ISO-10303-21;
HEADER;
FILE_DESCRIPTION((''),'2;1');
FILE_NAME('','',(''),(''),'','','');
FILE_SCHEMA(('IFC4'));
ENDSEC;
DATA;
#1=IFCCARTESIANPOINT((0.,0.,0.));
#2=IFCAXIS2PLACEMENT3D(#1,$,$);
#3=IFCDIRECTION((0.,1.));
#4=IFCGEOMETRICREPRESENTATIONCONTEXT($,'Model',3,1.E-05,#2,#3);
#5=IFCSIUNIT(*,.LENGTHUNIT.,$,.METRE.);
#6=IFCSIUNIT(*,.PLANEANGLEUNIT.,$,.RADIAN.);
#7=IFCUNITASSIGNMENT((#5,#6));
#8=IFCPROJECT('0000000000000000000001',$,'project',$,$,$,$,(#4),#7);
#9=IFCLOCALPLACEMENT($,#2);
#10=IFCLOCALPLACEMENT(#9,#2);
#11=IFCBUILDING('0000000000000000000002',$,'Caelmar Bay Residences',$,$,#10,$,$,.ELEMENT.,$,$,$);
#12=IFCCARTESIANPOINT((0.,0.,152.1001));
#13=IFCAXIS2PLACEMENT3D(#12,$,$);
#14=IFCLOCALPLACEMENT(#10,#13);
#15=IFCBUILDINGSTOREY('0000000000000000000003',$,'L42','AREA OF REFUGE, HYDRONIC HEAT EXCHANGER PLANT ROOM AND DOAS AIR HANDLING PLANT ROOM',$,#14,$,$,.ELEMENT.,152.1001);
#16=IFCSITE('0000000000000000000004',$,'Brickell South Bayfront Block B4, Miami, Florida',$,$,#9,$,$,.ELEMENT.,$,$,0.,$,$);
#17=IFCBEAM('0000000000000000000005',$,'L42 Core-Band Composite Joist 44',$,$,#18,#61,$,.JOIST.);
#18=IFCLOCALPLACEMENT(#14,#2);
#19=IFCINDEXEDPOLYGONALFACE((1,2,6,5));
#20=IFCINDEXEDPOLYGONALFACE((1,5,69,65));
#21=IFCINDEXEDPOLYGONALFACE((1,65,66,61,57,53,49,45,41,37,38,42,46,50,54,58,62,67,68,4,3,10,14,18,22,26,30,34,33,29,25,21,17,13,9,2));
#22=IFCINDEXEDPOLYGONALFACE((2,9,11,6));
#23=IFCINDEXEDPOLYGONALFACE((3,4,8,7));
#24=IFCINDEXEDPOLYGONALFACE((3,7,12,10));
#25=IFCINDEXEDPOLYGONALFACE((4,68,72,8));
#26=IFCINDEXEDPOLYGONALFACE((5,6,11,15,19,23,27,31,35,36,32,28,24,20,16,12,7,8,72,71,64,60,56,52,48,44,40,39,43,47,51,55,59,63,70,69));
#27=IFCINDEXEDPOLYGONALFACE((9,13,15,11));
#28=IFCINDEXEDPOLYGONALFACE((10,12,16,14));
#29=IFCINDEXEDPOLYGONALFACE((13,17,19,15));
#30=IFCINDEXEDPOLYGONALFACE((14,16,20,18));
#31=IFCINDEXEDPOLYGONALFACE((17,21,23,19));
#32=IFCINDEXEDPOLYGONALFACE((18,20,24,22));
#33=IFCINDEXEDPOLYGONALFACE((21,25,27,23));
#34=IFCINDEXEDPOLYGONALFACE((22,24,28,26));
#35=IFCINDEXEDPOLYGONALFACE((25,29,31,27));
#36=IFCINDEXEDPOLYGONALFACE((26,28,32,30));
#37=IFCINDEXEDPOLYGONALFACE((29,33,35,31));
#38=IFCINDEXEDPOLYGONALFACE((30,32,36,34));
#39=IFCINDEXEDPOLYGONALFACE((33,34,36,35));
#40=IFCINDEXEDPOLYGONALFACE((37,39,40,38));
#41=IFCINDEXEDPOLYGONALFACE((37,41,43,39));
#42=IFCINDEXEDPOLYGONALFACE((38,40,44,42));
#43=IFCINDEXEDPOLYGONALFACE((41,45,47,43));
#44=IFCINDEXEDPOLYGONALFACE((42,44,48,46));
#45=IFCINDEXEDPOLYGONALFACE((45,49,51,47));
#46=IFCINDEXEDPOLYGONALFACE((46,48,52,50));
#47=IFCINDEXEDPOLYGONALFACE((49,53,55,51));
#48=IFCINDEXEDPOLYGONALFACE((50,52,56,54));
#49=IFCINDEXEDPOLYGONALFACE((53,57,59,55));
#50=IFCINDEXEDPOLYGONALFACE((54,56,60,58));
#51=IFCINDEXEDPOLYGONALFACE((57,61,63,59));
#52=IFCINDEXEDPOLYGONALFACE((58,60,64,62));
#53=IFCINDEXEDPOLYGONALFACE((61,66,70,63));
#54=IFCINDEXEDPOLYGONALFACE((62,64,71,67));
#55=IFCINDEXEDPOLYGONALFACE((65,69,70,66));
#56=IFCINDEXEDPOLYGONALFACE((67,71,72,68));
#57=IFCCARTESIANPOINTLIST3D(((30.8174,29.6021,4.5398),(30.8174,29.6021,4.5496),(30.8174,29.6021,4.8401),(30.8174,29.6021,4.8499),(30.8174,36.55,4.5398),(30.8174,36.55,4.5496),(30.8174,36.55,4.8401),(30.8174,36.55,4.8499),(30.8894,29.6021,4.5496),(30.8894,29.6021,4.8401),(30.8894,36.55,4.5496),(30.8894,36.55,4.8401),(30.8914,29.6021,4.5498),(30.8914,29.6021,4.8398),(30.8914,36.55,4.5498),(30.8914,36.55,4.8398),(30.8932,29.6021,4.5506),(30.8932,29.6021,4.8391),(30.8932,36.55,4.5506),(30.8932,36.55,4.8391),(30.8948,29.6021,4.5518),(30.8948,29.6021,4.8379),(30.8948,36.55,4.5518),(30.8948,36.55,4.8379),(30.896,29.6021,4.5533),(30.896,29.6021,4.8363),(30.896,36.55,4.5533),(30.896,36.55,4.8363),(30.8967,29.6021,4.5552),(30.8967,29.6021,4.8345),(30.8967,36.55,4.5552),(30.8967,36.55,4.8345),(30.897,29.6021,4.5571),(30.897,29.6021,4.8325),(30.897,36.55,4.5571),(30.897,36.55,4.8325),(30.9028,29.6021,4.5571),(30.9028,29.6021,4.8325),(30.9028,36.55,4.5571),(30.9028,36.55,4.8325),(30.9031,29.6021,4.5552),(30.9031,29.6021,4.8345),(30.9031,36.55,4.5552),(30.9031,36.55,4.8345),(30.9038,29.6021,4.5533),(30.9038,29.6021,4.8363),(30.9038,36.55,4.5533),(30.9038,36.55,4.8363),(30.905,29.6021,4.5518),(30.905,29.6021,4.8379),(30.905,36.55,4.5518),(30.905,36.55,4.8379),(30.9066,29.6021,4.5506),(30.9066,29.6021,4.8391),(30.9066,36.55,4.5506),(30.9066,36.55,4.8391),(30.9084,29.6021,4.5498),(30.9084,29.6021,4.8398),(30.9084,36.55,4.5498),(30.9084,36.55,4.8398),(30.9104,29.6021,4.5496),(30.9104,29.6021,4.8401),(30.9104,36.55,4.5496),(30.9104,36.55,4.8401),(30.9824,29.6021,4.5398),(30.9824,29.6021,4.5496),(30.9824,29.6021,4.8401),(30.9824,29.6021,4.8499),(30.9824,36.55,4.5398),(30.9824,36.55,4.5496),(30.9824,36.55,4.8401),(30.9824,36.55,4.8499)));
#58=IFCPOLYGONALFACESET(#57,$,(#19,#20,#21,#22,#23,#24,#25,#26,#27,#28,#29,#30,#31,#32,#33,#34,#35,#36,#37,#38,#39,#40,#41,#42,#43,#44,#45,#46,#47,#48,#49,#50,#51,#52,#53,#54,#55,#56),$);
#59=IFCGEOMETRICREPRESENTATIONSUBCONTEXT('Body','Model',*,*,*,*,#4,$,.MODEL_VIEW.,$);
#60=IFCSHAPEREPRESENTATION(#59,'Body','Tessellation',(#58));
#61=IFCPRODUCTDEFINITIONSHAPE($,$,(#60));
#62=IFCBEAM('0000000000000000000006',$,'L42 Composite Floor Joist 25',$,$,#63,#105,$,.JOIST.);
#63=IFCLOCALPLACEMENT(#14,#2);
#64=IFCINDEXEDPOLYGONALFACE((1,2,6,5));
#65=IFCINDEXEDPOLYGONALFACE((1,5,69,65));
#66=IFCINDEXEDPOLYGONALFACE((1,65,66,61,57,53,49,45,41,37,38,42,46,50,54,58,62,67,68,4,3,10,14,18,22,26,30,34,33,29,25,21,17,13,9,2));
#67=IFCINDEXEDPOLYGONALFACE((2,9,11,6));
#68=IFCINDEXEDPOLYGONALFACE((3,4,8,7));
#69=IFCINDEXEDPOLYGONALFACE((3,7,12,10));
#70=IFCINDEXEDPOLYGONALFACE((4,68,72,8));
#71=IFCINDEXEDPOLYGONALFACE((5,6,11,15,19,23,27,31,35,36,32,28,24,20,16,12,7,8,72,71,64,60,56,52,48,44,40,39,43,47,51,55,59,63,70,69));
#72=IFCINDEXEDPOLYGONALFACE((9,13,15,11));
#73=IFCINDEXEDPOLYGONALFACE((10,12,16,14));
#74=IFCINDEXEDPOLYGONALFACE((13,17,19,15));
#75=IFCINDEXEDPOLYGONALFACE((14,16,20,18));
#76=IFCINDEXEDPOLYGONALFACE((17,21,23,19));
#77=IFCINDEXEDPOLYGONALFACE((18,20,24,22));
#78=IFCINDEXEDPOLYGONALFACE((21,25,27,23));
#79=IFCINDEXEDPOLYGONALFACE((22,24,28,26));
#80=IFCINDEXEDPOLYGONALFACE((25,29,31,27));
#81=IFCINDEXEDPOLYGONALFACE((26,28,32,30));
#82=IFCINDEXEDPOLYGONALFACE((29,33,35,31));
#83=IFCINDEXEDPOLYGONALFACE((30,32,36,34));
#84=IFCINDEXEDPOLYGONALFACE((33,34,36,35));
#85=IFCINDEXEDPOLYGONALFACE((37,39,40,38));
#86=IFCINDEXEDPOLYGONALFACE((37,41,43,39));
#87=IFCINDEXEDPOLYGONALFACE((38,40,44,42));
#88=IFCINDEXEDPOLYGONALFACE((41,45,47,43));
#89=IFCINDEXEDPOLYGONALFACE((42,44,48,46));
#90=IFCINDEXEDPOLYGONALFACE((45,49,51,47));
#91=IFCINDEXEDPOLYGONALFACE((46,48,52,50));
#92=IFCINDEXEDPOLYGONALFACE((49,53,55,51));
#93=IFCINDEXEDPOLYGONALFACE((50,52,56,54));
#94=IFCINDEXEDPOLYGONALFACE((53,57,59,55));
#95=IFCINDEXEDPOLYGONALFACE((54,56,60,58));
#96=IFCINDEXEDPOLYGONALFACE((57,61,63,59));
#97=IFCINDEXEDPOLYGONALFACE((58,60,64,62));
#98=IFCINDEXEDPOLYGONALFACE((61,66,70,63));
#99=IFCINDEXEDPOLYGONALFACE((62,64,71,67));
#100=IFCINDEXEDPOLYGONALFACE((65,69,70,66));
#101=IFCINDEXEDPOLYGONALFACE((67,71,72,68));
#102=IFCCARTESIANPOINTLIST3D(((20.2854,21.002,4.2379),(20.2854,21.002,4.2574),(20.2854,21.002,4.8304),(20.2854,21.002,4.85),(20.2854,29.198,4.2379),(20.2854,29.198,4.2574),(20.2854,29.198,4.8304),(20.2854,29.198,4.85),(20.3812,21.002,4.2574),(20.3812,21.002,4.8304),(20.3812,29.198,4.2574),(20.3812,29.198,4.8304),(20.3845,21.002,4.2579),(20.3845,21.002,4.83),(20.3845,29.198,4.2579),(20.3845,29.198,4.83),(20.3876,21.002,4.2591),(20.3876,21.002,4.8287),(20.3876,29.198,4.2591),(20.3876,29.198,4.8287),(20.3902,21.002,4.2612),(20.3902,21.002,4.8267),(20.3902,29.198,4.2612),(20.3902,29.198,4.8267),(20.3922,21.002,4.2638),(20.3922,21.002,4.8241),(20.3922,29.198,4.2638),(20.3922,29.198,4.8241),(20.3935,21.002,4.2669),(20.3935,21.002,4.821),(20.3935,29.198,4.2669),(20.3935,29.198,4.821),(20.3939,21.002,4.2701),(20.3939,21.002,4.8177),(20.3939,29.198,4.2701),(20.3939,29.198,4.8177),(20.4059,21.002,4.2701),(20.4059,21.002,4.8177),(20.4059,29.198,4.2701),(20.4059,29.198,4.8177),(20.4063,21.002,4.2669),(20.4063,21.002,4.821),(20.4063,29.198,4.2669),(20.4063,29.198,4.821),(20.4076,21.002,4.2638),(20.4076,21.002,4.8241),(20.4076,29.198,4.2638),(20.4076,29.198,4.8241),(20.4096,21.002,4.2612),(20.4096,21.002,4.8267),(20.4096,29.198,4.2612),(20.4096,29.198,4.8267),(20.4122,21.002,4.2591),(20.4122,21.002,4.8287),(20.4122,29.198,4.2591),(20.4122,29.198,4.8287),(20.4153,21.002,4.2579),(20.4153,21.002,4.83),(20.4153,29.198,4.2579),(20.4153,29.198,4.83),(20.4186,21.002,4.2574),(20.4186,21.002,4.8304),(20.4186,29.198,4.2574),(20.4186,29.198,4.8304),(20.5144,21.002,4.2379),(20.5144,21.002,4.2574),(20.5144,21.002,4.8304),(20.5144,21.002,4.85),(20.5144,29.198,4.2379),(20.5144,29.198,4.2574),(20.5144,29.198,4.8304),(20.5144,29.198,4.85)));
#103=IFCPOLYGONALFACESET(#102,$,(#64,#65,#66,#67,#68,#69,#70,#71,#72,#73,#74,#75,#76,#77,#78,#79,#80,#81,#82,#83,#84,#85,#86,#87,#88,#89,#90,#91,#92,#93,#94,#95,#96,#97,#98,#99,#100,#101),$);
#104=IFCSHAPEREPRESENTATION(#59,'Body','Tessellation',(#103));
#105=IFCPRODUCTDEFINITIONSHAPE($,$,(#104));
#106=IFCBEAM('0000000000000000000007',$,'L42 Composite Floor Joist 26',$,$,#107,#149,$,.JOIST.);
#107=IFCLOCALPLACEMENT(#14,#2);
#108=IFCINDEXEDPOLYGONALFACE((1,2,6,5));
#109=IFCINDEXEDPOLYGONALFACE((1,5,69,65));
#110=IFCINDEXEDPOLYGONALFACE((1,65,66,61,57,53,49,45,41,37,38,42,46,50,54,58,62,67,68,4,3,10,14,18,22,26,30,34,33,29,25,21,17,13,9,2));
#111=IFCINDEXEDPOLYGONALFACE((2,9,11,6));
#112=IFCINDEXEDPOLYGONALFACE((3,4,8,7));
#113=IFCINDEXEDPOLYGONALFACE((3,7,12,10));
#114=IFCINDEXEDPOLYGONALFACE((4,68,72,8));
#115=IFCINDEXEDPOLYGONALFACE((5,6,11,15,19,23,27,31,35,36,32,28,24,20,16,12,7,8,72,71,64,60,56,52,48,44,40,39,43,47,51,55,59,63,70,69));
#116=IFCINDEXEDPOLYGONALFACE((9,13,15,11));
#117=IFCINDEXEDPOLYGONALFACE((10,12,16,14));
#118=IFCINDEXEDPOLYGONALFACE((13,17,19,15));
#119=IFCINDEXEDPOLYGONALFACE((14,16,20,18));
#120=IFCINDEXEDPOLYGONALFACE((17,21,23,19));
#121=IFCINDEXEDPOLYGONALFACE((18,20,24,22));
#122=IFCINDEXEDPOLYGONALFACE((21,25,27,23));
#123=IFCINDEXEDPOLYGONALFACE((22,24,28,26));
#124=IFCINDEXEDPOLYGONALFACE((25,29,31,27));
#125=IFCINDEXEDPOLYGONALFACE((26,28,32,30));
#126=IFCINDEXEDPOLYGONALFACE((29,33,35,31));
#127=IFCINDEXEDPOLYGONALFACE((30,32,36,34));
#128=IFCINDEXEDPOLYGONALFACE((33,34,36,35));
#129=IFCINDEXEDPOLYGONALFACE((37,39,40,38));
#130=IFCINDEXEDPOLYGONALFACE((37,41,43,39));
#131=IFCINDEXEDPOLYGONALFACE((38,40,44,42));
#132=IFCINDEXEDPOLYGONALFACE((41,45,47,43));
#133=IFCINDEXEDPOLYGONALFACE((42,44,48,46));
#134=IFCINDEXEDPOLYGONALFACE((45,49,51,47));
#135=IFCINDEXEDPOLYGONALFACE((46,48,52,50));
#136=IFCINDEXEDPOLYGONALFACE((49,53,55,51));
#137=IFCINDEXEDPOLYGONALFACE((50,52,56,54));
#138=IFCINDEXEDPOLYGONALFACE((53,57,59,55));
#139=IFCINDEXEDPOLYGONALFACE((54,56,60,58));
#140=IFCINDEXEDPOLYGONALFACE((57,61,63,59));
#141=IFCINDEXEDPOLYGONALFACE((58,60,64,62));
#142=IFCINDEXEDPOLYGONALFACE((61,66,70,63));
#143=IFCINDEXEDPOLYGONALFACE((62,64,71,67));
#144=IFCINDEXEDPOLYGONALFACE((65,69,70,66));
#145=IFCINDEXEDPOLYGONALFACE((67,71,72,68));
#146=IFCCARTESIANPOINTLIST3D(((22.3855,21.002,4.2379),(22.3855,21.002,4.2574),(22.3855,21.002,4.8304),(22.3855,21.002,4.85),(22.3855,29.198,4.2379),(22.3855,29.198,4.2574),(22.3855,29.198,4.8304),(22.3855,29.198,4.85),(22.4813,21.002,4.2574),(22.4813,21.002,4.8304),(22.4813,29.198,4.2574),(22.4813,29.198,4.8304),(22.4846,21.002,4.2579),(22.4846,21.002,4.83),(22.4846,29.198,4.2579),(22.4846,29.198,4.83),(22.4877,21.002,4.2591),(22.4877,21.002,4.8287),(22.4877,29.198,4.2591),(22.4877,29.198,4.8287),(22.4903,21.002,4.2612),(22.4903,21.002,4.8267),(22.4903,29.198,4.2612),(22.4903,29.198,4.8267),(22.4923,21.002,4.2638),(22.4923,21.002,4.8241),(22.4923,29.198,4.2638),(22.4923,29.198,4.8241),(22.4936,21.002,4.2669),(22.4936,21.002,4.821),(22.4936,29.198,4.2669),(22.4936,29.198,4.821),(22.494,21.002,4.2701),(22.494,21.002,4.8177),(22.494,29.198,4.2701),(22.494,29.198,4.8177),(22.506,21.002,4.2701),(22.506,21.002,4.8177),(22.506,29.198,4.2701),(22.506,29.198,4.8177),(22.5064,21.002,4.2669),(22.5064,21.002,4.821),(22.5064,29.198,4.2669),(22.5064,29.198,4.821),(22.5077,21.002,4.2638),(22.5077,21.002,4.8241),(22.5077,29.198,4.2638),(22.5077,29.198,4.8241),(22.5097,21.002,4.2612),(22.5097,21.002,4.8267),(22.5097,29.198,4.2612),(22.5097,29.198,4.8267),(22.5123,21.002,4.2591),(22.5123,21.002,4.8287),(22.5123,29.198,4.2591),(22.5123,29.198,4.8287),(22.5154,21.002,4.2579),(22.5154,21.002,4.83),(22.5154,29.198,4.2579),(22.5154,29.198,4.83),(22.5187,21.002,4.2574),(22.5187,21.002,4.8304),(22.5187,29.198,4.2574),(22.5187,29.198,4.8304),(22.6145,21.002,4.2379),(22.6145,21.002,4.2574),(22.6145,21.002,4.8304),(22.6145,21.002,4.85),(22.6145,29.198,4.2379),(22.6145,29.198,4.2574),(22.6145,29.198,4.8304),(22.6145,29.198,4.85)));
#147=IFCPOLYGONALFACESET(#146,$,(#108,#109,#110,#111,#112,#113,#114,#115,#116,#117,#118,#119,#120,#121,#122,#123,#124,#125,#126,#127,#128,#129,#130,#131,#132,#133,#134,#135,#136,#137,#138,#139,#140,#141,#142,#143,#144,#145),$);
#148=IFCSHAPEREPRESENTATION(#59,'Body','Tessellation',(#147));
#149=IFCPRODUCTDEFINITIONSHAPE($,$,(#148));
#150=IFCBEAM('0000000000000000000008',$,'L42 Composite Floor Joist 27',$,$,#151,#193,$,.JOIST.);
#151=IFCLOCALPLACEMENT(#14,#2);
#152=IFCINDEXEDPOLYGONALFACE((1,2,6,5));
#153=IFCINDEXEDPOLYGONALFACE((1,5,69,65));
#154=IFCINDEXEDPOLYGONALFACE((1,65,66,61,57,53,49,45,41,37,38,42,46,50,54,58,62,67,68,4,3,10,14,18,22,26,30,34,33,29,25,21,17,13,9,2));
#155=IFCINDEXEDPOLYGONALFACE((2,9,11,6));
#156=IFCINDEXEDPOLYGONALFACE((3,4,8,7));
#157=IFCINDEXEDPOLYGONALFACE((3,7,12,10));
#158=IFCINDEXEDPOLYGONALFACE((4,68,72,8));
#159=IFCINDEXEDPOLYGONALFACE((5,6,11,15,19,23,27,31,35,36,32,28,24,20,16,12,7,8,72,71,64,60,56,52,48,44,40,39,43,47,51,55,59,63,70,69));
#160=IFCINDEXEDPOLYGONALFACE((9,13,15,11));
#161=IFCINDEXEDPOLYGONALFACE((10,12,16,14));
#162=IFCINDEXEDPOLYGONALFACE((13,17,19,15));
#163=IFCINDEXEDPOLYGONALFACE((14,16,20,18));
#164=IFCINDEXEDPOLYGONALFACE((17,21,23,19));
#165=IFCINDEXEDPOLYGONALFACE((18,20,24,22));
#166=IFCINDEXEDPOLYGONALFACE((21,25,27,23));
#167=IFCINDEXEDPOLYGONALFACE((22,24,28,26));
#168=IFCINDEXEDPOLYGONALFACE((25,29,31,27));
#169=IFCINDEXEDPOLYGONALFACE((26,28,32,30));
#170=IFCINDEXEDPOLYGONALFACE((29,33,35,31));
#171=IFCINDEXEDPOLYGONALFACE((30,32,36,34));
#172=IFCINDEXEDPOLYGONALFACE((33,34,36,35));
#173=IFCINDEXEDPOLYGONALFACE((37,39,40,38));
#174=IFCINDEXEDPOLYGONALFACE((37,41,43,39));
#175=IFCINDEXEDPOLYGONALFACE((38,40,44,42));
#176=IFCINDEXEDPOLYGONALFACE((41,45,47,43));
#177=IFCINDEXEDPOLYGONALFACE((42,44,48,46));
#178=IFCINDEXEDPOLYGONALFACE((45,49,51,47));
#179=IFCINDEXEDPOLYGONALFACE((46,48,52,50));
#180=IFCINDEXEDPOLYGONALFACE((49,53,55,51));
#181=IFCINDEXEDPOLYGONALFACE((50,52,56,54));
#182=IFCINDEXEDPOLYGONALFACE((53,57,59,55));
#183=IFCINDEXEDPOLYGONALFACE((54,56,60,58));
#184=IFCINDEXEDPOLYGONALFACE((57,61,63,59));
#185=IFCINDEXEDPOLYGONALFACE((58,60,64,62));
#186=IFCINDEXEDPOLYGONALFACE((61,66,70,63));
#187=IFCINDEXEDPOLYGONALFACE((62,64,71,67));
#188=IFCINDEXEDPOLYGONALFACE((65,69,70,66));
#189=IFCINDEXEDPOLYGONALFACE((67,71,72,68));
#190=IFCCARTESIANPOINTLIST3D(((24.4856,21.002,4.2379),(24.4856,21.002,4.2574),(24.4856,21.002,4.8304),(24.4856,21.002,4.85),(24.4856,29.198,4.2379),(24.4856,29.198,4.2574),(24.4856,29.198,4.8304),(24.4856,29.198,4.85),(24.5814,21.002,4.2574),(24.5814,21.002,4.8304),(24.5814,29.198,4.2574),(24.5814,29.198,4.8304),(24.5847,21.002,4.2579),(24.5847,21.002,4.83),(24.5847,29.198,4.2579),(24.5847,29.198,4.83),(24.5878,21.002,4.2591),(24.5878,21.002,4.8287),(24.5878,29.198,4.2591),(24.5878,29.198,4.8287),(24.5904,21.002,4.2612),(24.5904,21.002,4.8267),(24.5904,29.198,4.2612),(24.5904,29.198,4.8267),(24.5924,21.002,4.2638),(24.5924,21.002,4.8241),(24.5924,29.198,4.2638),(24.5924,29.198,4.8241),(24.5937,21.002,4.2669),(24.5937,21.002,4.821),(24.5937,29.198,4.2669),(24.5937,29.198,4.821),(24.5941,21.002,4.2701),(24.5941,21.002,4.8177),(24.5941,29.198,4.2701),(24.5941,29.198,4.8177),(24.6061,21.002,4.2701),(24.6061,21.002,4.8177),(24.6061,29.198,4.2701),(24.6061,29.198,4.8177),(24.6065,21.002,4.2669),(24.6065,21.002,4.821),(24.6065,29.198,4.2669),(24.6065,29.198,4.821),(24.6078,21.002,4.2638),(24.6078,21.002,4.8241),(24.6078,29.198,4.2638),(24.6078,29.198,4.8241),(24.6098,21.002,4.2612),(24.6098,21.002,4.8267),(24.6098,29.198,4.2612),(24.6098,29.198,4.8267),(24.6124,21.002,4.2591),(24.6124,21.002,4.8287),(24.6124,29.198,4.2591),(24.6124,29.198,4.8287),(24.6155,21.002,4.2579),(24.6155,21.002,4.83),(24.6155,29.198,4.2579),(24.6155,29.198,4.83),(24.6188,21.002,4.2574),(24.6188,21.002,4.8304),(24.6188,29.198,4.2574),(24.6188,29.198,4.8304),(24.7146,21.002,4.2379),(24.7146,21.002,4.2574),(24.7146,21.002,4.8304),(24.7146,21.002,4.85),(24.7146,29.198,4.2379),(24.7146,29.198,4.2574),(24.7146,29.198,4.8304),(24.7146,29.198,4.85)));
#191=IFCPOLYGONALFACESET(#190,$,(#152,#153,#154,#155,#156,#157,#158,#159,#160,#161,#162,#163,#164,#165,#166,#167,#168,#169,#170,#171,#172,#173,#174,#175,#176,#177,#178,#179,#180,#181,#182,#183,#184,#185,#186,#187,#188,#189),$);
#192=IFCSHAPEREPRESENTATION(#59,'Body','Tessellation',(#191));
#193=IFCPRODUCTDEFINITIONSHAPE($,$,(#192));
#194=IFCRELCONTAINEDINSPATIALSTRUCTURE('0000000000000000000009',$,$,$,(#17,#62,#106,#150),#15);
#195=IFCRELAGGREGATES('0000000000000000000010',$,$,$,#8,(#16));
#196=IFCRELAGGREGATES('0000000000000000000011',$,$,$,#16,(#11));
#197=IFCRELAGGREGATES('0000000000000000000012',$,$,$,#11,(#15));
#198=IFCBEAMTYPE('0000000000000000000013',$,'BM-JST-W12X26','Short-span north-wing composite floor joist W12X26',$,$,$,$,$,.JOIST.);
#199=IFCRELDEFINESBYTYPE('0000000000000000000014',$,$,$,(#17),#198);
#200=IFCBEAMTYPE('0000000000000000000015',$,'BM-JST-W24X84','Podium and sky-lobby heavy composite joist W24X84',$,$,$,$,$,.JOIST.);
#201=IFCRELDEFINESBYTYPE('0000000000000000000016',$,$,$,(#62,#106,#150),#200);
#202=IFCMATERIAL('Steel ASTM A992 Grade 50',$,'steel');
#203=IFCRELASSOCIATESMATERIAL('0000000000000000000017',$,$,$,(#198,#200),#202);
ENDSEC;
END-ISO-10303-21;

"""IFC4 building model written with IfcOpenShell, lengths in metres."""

from ifc_helpers import new_model, si_unit, direction, frame, origin, origin_2d, place, context, subcontext, project, spatial, i_section, extrude, material, material_profile, profile_set, type_object, element, save


model = new_model("IFC4")

# Units and contexts
model_context = context("Model", 3, precision=1e-05, world=origin(), true_north=direction((0.0, 1.0)))
body_context = subcontext(model_context, "Body", "Model", "MODEL_VIEW")
ifc_project = project(units=[si_unit("LENGTHUNIT", "METRE"), si_unit("PLANEANGLEUNIT", "RADIAN")], contexts=[model_context])

# Site, building, storey
site_placement = place(None, origin())
site = spatial("IfcSite", under=ifc_project, at=site_placement, Name="Brickell South Bayfront Block B4, Miami, Florida", CompositionType="ELEMENT", RefElevation=0.0)
building_placement = place(site_placement, origin())
building = spatial("IfcBuilding", under=site, at=building_placement, Name="Caelmar Bay Residences", CompositionType="ELEMENT")
storey_placement = place(building_placement, frame((0.0, 0.0, 152.1001)))
storey = spatial("IfcBuildingStorey", under=building, at=storey_placement, Name="L42", Description="AREA OF REFUGE, HYDRONIC HEAT EXCHANGER PLANT ROOM AND DOAS AIR HANDLING PLANT ROOM", CompositionType="ELEMENT", Elevation=152.1001)

# Beams
ifc_material_1 = material(Name="Steel ASTM A992 Grade 50", Category="steel")
ifc_material_profile_1 = material_profile(ifc_material_1, i_section(OverallWidth=0.165, OverallDepth=0.3101, WebThickness=0.0059, FlangeThickness=0.0098, FilletRadius=0.0076, at=origin_2d()), Name="W12X26")
ifc_profile_set_1 = profile_set([ifc_material_profile_1], Name="Steel ASTM A992 Grade 50")
beam_type_1 = type_object("IfcBeamType", Name="BM-JST-W12X26", Description="Short-span north-wing composite floor joist W12X26", PredefinedType="JOIST", material=ifc_profile_set_1)
for number, where, z_axis, x_axis, name in (
    (1, (30.8999, 29.6021, 4.6948), (0.0, 1.0, 0.0), (-1.0, 0.0, 0.0), "L42 Core-Band Composite Joist 44"),
):
    element("IfcBeam", number, at=place(storey_placement, frame(where, z_axis=z_axis, x_axis=x_axis)), inside=storey, type_object=beam_type_1, Name=name, PredefinedType="JOIST", context=body_context, shape_type="SweptSolid", body=[
        extrude(i_section(OverallWidth=0.165, OverallDepth=0.3101, WebThickness=0.0059, FlangeThickness=0.0098, FilletRadius=0.0076, at=origin_2d()), origin(), (0.0, 0.0, 1.0), 6.948),
    ])
ifc_material_profile_2 = material_profile(ifc_material_1, i_section(OverallWidth=0.229, OverallDepth=0.6121, WebThickness=0.012, FlangeThickness=0.0195, FilletRadius=0.0127, at=origin_2d()), Name="W24X84")
ifc_profile_set_2 = profile_set([ifc_material_profile_2], Name="Steel ASTM A992 Grade 50")
beam_type_2 = type_object("IfcBeamType", Name="BM-JST-W24X84", Description="Podium and sky-lobby heavy composite joist W24X84", PredefinedType="JOIST", material=ifc_profile_set_2)
for number, where, z_axis, x_axis, name in (
    (2, (20.3999, 21.002, 4.5439), (0.0, 1.0, 0.0), (-1.0, 0.0, 0.0), "L42 Composite Floor Joist 25"),
    (3, (22.5, 21.002, 4.5439), (0.0, 1.0, 0.0), (-1.0, 0.0, 0.0), "L42 Composite Floor Joist 26"),
    (4, (24.6001, 21.002, 4.5439), (0.0, 1.0, 0.0), (-1.0, 0.0, 0.0), "L42 Composite Floor Joist 27"),
):
    element("IfcBeam", number, at=place(storey_placement, frame(where, z_axis=z_axis, x_axis=x_axis)), inside=storey, type_object=beam_type_2, Name=name, PredefinedType="JOIST", context=body_context, shape_type="SweptSolid", body=[
        extrude(i_section(OverallWidth=0.229, OverallDepth=0.6121, WebThickness=0.012, FlangeThickness=0.0195, FilletRadius=0.0127, at=origin_2d()), origin(), (0.0, 0.0, 1.0), 8.196),
    ])

save(model, "model.ifc")
